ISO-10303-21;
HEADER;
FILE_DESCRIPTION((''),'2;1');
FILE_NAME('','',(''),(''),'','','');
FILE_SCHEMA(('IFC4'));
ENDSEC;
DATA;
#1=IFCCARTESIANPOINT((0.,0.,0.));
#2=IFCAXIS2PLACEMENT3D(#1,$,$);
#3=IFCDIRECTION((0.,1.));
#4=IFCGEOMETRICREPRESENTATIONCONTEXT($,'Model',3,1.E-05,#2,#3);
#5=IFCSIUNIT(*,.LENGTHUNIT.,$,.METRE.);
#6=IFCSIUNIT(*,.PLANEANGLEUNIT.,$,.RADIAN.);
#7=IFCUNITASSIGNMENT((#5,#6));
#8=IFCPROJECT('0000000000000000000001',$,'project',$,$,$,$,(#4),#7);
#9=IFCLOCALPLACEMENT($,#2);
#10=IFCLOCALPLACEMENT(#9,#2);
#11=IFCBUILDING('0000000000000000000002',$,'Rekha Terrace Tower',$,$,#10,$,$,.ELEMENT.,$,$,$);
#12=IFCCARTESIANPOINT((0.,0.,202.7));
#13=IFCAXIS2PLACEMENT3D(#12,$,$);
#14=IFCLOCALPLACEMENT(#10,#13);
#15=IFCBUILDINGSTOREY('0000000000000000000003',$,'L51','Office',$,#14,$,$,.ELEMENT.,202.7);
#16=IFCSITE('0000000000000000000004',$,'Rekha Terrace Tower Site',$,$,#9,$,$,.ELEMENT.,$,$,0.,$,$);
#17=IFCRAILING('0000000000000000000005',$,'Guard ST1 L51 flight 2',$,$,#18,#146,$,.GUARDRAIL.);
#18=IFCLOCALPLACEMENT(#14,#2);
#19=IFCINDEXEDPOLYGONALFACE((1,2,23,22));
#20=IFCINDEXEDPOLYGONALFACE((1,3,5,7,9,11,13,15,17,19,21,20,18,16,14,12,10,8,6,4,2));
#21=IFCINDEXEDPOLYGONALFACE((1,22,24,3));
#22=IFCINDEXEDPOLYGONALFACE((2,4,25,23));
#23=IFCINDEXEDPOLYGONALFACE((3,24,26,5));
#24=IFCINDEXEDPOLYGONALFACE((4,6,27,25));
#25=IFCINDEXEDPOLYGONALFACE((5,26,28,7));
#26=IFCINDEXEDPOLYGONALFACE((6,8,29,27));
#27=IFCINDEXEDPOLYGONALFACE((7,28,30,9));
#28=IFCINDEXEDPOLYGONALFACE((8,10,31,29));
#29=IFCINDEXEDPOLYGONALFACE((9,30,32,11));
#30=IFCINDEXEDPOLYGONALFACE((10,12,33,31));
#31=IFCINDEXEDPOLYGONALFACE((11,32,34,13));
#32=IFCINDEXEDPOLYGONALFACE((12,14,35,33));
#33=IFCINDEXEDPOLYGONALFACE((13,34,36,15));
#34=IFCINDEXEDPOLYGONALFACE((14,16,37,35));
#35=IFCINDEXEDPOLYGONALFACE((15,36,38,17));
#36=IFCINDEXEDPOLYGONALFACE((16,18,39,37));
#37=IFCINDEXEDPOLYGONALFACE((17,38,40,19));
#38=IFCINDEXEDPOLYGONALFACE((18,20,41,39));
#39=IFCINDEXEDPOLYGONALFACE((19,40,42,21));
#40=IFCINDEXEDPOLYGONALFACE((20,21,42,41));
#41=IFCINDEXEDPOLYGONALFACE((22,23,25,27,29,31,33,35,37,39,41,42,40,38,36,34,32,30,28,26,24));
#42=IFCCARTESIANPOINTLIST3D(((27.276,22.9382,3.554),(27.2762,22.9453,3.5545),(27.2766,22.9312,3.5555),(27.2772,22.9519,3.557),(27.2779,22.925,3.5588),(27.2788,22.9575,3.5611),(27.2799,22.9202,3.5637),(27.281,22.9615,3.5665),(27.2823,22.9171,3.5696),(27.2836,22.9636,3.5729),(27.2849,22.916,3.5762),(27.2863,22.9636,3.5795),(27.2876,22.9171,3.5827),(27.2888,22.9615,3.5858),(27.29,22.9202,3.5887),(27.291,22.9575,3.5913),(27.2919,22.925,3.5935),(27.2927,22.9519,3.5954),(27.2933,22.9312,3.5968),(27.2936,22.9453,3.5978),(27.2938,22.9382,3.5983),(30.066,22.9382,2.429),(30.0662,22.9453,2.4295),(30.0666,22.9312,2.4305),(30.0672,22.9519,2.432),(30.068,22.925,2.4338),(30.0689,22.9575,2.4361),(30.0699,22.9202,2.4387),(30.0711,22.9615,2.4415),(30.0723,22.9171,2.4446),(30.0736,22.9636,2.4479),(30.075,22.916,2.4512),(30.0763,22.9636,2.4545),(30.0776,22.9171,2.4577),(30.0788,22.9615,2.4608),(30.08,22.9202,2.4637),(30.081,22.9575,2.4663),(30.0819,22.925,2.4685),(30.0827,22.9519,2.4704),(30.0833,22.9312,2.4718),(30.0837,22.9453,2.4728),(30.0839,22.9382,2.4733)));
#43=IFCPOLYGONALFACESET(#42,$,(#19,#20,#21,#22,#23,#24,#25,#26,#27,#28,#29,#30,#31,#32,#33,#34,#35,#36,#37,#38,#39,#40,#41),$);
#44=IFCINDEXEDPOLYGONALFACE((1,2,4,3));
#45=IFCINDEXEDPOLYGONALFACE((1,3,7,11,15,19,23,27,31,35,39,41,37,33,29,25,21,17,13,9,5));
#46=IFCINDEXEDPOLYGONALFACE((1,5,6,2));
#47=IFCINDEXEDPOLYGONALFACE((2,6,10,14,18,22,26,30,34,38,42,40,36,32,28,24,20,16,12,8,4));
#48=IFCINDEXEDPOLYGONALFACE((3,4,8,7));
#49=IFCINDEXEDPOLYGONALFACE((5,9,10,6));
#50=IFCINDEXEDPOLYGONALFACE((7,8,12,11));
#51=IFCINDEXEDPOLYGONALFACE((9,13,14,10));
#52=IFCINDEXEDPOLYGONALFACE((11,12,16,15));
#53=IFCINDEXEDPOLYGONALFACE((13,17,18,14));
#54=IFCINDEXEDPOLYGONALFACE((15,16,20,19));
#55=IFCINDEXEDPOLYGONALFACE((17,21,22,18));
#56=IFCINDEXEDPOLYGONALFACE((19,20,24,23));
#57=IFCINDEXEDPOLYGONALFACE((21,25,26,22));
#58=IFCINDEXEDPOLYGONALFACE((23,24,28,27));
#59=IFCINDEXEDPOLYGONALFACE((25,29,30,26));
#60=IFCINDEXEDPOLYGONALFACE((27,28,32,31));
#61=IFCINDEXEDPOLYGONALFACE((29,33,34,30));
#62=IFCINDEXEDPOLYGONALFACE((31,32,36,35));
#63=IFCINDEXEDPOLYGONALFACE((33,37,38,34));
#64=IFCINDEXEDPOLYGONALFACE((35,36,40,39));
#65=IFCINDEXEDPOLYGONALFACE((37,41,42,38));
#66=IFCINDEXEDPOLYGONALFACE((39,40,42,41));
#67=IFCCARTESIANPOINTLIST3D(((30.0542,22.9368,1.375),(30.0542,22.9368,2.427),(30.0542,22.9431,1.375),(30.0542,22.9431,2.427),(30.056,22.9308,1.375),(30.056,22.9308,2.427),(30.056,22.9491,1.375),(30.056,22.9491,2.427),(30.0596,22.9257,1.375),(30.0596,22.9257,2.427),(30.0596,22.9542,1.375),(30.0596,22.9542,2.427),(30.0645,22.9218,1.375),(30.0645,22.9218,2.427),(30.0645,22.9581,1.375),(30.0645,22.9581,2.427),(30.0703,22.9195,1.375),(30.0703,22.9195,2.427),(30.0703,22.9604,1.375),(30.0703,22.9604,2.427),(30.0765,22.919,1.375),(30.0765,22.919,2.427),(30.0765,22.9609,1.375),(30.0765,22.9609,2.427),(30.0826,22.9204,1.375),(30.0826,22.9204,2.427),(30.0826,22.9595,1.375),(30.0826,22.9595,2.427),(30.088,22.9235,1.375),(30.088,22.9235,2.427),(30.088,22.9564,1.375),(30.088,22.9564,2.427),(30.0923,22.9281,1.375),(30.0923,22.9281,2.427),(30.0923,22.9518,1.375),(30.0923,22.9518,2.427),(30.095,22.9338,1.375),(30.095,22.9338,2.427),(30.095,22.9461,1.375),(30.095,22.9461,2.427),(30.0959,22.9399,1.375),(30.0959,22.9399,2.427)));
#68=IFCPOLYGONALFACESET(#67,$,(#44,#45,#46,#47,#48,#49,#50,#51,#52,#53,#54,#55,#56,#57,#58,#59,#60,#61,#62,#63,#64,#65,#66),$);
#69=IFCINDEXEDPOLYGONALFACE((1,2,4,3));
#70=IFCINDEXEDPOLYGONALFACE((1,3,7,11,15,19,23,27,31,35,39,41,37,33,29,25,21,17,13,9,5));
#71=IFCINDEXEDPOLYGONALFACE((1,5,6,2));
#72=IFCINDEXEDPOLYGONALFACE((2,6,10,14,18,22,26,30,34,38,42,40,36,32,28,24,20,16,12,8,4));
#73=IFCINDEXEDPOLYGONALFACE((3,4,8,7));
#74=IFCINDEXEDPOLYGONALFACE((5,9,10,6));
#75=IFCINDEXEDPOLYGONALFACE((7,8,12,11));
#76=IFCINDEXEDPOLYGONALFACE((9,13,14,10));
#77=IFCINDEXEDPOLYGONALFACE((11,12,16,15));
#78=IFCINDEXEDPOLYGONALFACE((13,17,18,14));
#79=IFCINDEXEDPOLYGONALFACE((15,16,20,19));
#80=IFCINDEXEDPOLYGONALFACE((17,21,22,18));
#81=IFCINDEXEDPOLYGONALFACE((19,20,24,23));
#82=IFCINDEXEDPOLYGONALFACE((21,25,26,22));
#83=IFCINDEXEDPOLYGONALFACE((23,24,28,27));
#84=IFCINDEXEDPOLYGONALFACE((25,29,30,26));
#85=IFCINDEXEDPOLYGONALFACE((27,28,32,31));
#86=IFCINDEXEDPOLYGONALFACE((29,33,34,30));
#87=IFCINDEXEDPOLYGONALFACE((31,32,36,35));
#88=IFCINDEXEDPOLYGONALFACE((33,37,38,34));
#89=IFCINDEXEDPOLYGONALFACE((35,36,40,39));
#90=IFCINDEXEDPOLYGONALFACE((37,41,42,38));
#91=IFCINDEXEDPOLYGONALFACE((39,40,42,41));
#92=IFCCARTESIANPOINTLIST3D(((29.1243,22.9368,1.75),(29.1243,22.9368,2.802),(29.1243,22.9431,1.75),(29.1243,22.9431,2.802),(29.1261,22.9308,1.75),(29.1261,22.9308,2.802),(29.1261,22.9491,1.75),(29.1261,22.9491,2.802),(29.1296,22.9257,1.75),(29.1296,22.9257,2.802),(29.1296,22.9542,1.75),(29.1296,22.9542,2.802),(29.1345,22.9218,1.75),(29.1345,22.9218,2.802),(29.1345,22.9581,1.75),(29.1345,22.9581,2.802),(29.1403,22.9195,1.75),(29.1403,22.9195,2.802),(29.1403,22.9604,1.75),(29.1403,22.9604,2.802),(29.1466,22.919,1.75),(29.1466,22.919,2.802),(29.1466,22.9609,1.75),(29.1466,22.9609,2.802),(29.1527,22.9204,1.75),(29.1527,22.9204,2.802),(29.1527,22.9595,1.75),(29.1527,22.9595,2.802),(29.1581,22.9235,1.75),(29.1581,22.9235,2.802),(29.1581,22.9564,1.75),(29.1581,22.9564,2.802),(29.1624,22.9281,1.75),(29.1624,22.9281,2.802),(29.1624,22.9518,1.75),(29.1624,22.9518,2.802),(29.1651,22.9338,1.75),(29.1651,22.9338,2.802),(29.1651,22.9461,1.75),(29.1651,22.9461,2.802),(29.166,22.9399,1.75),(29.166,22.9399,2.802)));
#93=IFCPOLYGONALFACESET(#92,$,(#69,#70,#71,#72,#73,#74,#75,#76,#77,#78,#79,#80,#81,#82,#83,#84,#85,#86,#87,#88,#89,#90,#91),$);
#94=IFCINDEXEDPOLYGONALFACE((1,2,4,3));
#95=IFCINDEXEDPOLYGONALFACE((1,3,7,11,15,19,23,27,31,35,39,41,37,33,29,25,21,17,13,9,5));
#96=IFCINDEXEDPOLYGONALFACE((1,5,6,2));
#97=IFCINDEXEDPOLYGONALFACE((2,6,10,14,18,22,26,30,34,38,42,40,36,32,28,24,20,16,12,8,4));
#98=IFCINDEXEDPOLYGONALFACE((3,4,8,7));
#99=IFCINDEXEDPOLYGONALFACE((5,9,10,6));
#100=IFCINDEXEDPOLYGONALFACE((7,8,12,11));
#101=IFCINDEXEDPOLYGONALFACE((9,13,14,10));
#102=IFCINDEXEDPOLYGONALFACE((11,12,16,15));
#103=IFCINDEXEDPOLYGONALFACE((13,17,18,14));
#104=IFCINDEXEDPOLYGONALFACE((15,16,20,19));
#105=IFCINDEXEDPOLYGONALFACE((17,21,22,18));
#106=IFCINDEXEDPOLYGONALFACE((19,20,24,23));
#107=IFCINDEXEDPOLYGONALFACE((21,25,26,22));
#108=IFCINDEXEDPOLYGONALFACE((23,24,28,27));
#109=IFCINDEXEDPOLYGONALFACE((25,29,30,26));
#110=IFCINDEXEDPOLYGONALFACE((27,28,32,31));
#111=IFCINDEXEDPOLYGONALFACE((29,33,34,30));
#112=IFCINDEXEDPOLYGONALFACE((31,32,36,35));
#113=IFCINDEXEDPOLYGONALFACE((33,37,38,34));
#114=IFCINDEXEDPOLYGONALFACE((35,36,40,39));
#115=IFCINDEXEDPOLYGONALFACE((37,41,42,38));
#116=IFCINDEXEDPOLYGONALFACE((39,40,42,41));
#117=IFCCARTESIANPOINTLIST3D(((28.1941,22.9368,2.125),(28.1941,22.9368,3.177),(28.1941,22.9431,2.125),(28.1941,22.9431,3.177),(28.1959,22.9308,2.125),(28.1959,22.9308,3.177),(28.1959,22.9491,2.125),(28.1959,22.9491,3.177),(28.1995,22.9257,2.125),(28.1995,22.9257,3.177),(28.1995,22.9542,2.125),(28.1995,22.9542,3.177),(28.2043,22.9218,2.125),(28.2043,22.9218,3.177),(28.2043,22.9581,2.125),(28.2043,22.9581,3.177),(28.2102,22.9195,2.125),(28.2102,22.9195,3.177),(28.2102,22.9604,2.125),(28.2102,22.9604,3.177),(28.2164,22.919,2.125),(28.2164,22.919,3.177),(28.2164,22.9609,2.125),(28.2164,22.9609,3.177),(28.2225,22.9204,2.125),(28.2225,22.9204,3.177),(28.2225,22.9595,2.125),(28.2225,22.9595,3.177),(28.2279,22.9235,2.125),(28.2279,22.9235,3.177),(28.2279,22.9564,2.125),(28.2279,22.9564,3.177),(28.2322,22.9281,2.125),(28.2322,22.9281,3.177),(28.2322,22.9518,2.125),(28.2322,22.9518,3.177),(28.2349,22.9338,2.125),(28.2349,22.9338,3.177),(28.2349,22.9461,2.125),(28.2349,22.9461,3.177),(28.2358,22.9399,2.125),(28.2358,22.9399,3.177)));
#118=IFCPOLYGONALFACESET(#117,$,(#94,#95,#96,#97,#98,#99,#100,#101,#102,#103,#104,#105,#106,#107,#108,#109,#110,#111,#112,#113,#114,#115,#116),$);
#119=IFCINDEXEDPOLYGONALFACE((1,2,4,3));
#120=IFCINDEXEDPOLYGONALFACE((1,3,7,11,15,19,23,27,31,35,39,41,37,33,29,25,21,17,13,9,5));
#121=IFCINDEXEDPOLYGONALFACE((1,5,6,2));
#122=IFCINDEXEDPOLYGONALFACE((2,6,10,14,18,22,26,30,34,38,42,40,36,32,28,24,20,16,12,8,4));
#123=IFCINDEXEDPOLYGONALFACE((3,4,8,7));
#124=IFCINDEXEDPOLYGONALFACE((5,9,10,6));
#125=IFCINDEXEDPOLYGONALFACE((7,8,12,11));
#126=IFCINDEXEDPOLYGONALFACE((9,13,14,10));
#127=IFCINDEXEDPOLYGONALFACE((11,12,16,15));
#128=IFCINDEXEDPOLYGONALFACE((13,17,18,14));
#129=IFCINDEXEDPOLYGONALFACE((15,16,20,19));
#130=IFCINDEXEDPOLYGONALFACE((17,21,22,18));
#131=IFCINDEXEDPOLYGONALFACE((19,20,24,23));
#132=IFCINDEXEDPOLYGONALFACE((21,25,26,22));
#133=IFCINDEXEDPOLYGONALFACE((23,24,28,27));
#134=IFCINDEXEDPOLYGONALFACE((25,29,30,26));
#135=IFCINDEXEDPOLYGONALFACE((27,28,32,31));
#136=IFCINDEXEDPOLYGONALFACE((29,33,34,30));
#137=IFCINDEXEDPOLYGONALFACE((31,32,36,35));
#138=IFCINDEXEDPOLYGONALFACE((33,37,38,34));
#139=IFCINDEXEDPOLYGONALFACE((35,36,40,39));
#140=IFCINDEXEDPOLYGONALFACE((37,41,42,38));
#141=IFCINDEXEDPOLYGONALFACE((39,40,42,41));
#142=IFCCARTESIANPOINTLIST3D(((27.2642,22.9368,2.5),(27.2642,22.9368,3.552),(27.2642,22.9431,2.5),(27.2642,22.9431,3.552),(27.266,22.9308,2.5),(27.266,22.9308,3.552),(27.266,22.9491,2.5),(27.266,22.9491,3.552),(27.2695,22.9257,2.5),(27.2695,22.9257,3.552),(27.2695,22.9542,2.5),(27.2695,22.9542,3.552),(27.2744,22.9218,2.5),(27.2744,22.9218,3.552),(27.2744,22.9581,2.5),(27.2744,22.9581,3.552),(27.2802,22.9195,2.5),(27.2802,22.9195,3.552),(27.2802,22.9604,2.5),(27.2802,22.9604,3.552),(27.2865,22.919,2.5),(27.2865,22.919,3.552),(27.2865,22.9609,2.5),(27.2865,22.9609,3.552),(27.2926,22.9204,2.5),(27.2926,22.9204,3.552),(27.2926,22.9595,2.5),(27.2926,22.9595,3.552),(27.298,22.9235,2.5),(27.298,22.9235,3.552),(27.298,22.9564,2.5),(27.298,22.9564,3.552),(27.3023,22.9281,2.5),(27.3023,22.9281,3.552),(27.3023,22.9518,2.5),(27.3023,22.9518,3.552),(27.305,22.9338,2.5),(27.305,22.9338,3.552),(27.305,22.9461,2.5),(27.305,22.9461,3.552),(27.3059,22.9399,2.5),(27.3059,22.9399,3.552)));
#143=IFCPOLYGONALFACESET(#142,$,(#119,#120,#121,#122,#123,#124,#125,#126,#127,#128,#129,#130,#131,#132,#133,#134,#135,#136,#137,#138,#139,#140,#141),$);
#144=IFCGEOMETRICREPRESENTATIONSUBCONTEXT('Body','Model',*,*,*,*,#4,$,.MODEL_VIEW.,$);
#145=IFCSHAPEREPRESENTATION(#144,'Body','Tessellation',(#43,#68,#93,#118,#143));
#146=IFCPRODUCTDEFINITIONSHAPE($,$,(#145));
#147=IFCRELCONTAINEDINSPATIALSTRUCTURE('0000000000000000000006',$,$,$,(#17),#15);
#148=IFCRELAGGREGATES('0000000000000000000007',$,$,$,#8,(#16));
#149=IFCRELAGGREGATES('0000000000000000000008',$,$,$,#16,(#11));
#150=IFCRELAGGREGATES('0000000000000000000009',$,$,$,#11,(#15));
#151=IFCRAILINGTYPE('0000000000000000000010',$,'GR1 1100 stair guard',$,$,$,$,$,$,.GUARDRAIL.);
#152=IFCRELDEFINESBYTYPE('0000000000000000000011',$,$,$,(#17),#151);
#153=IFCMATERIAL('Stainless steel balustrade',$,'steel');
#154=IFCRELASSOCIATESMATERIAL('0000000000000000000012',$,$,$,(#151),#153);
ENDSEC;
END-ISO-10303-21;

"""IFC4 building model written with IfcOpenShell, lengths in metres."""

from ifc_helpers import new_model, si_unit, direction, frame, origin, origin_2d, place, context, subcontext, project, spatial, circle, extrude, material, type_object, element, save


model = new_model("IFC4")

# Units and contexts
model_context = context("Model", 3, precision=1e-05, world=origin(), true_north=direction((0.0, 1.0)))
body_context = subcontext(model_context, "Body", "Model", "MODEL_VIEW")
ifc_project = project(units=[si_unit("LENGTHUNIT", "METRE"), si_unit("PLANEANGLEUNIT", "RADIAN")], contexts=[model_context])

# Site, building, storey
site_placement = place(None, origin())
site = spatial("IfcSite", under=ifc_project, at=site_placement, Name="Rekha Terrace Tower Site", CompositionType="ELEMENT", RefElevation=0.0)
building_placement = place(site_placement, origin())
building = spatial("IfcBuilding", under=site, at=building_placement, Name="Rekha Terrace Tower", CompositionType="ELEMENT")
storey_placement = place(building_placement, frame((0.0, 0.0, 202.7)))
storey = spatial("IfcBuildingStorey", under=building, at=storey_placement, Name="L51", Description="Office", CompositionType="ELEMENT", Elevation=202.7)

# Railing
ifc_material_1 = material(Name="Stainless steel balustrade", Category="steel")
railing_type_1 = type_object("IfcRailingType", Name="GR1 1100 stair guard", PredefinedType="GUARDRAIL", material=ifc_material_1)
railing_1_placement = place(storey_placement, frame((30.075, 22.9399, 1.375)))
element("IfcRailing", 1, at=railing_1_placement, inside=storey, type_object=railing_type_1, Name="Guard ST1 L51 flight 2", PredefinedType="GUARDRAIL", context=body_context, shape_type="SweptSolid", body=[
    extrude(circle(Radius=0.0239, at=origin_2d()), frame((0.0, 0.0, 1.0762), z_axis=(-0.927443, 0.0, 0.373964), x_axis=(0.0, -1.0, 0.0)), (0.0, 0.0, 1.0), 3.0083),
    extrude(circle(Radius=0.021, at=origin_2d()), origin(), (0.0, 0.0, 1.0), 1.052),
    extrude(circle(Radius=0.021, at=origin_2d()), frame((-0.9299, 0.0, 0.375)), (0.0, 0.0, 1.0), 1.052),
    extrude(circle(Radius=0.021, at=origin_2d()), frame((-1.8601, 0.0, 0.75)), (0.0, 0.0, 1.0), 1.052),
    extrude(circle(Radius=0.021, at=origin_2d()), frame((-2.79, 0.0, 1.125)), (0.0, 0.0, 1.0), 1.052),
])

save(model, "model.ifc")
